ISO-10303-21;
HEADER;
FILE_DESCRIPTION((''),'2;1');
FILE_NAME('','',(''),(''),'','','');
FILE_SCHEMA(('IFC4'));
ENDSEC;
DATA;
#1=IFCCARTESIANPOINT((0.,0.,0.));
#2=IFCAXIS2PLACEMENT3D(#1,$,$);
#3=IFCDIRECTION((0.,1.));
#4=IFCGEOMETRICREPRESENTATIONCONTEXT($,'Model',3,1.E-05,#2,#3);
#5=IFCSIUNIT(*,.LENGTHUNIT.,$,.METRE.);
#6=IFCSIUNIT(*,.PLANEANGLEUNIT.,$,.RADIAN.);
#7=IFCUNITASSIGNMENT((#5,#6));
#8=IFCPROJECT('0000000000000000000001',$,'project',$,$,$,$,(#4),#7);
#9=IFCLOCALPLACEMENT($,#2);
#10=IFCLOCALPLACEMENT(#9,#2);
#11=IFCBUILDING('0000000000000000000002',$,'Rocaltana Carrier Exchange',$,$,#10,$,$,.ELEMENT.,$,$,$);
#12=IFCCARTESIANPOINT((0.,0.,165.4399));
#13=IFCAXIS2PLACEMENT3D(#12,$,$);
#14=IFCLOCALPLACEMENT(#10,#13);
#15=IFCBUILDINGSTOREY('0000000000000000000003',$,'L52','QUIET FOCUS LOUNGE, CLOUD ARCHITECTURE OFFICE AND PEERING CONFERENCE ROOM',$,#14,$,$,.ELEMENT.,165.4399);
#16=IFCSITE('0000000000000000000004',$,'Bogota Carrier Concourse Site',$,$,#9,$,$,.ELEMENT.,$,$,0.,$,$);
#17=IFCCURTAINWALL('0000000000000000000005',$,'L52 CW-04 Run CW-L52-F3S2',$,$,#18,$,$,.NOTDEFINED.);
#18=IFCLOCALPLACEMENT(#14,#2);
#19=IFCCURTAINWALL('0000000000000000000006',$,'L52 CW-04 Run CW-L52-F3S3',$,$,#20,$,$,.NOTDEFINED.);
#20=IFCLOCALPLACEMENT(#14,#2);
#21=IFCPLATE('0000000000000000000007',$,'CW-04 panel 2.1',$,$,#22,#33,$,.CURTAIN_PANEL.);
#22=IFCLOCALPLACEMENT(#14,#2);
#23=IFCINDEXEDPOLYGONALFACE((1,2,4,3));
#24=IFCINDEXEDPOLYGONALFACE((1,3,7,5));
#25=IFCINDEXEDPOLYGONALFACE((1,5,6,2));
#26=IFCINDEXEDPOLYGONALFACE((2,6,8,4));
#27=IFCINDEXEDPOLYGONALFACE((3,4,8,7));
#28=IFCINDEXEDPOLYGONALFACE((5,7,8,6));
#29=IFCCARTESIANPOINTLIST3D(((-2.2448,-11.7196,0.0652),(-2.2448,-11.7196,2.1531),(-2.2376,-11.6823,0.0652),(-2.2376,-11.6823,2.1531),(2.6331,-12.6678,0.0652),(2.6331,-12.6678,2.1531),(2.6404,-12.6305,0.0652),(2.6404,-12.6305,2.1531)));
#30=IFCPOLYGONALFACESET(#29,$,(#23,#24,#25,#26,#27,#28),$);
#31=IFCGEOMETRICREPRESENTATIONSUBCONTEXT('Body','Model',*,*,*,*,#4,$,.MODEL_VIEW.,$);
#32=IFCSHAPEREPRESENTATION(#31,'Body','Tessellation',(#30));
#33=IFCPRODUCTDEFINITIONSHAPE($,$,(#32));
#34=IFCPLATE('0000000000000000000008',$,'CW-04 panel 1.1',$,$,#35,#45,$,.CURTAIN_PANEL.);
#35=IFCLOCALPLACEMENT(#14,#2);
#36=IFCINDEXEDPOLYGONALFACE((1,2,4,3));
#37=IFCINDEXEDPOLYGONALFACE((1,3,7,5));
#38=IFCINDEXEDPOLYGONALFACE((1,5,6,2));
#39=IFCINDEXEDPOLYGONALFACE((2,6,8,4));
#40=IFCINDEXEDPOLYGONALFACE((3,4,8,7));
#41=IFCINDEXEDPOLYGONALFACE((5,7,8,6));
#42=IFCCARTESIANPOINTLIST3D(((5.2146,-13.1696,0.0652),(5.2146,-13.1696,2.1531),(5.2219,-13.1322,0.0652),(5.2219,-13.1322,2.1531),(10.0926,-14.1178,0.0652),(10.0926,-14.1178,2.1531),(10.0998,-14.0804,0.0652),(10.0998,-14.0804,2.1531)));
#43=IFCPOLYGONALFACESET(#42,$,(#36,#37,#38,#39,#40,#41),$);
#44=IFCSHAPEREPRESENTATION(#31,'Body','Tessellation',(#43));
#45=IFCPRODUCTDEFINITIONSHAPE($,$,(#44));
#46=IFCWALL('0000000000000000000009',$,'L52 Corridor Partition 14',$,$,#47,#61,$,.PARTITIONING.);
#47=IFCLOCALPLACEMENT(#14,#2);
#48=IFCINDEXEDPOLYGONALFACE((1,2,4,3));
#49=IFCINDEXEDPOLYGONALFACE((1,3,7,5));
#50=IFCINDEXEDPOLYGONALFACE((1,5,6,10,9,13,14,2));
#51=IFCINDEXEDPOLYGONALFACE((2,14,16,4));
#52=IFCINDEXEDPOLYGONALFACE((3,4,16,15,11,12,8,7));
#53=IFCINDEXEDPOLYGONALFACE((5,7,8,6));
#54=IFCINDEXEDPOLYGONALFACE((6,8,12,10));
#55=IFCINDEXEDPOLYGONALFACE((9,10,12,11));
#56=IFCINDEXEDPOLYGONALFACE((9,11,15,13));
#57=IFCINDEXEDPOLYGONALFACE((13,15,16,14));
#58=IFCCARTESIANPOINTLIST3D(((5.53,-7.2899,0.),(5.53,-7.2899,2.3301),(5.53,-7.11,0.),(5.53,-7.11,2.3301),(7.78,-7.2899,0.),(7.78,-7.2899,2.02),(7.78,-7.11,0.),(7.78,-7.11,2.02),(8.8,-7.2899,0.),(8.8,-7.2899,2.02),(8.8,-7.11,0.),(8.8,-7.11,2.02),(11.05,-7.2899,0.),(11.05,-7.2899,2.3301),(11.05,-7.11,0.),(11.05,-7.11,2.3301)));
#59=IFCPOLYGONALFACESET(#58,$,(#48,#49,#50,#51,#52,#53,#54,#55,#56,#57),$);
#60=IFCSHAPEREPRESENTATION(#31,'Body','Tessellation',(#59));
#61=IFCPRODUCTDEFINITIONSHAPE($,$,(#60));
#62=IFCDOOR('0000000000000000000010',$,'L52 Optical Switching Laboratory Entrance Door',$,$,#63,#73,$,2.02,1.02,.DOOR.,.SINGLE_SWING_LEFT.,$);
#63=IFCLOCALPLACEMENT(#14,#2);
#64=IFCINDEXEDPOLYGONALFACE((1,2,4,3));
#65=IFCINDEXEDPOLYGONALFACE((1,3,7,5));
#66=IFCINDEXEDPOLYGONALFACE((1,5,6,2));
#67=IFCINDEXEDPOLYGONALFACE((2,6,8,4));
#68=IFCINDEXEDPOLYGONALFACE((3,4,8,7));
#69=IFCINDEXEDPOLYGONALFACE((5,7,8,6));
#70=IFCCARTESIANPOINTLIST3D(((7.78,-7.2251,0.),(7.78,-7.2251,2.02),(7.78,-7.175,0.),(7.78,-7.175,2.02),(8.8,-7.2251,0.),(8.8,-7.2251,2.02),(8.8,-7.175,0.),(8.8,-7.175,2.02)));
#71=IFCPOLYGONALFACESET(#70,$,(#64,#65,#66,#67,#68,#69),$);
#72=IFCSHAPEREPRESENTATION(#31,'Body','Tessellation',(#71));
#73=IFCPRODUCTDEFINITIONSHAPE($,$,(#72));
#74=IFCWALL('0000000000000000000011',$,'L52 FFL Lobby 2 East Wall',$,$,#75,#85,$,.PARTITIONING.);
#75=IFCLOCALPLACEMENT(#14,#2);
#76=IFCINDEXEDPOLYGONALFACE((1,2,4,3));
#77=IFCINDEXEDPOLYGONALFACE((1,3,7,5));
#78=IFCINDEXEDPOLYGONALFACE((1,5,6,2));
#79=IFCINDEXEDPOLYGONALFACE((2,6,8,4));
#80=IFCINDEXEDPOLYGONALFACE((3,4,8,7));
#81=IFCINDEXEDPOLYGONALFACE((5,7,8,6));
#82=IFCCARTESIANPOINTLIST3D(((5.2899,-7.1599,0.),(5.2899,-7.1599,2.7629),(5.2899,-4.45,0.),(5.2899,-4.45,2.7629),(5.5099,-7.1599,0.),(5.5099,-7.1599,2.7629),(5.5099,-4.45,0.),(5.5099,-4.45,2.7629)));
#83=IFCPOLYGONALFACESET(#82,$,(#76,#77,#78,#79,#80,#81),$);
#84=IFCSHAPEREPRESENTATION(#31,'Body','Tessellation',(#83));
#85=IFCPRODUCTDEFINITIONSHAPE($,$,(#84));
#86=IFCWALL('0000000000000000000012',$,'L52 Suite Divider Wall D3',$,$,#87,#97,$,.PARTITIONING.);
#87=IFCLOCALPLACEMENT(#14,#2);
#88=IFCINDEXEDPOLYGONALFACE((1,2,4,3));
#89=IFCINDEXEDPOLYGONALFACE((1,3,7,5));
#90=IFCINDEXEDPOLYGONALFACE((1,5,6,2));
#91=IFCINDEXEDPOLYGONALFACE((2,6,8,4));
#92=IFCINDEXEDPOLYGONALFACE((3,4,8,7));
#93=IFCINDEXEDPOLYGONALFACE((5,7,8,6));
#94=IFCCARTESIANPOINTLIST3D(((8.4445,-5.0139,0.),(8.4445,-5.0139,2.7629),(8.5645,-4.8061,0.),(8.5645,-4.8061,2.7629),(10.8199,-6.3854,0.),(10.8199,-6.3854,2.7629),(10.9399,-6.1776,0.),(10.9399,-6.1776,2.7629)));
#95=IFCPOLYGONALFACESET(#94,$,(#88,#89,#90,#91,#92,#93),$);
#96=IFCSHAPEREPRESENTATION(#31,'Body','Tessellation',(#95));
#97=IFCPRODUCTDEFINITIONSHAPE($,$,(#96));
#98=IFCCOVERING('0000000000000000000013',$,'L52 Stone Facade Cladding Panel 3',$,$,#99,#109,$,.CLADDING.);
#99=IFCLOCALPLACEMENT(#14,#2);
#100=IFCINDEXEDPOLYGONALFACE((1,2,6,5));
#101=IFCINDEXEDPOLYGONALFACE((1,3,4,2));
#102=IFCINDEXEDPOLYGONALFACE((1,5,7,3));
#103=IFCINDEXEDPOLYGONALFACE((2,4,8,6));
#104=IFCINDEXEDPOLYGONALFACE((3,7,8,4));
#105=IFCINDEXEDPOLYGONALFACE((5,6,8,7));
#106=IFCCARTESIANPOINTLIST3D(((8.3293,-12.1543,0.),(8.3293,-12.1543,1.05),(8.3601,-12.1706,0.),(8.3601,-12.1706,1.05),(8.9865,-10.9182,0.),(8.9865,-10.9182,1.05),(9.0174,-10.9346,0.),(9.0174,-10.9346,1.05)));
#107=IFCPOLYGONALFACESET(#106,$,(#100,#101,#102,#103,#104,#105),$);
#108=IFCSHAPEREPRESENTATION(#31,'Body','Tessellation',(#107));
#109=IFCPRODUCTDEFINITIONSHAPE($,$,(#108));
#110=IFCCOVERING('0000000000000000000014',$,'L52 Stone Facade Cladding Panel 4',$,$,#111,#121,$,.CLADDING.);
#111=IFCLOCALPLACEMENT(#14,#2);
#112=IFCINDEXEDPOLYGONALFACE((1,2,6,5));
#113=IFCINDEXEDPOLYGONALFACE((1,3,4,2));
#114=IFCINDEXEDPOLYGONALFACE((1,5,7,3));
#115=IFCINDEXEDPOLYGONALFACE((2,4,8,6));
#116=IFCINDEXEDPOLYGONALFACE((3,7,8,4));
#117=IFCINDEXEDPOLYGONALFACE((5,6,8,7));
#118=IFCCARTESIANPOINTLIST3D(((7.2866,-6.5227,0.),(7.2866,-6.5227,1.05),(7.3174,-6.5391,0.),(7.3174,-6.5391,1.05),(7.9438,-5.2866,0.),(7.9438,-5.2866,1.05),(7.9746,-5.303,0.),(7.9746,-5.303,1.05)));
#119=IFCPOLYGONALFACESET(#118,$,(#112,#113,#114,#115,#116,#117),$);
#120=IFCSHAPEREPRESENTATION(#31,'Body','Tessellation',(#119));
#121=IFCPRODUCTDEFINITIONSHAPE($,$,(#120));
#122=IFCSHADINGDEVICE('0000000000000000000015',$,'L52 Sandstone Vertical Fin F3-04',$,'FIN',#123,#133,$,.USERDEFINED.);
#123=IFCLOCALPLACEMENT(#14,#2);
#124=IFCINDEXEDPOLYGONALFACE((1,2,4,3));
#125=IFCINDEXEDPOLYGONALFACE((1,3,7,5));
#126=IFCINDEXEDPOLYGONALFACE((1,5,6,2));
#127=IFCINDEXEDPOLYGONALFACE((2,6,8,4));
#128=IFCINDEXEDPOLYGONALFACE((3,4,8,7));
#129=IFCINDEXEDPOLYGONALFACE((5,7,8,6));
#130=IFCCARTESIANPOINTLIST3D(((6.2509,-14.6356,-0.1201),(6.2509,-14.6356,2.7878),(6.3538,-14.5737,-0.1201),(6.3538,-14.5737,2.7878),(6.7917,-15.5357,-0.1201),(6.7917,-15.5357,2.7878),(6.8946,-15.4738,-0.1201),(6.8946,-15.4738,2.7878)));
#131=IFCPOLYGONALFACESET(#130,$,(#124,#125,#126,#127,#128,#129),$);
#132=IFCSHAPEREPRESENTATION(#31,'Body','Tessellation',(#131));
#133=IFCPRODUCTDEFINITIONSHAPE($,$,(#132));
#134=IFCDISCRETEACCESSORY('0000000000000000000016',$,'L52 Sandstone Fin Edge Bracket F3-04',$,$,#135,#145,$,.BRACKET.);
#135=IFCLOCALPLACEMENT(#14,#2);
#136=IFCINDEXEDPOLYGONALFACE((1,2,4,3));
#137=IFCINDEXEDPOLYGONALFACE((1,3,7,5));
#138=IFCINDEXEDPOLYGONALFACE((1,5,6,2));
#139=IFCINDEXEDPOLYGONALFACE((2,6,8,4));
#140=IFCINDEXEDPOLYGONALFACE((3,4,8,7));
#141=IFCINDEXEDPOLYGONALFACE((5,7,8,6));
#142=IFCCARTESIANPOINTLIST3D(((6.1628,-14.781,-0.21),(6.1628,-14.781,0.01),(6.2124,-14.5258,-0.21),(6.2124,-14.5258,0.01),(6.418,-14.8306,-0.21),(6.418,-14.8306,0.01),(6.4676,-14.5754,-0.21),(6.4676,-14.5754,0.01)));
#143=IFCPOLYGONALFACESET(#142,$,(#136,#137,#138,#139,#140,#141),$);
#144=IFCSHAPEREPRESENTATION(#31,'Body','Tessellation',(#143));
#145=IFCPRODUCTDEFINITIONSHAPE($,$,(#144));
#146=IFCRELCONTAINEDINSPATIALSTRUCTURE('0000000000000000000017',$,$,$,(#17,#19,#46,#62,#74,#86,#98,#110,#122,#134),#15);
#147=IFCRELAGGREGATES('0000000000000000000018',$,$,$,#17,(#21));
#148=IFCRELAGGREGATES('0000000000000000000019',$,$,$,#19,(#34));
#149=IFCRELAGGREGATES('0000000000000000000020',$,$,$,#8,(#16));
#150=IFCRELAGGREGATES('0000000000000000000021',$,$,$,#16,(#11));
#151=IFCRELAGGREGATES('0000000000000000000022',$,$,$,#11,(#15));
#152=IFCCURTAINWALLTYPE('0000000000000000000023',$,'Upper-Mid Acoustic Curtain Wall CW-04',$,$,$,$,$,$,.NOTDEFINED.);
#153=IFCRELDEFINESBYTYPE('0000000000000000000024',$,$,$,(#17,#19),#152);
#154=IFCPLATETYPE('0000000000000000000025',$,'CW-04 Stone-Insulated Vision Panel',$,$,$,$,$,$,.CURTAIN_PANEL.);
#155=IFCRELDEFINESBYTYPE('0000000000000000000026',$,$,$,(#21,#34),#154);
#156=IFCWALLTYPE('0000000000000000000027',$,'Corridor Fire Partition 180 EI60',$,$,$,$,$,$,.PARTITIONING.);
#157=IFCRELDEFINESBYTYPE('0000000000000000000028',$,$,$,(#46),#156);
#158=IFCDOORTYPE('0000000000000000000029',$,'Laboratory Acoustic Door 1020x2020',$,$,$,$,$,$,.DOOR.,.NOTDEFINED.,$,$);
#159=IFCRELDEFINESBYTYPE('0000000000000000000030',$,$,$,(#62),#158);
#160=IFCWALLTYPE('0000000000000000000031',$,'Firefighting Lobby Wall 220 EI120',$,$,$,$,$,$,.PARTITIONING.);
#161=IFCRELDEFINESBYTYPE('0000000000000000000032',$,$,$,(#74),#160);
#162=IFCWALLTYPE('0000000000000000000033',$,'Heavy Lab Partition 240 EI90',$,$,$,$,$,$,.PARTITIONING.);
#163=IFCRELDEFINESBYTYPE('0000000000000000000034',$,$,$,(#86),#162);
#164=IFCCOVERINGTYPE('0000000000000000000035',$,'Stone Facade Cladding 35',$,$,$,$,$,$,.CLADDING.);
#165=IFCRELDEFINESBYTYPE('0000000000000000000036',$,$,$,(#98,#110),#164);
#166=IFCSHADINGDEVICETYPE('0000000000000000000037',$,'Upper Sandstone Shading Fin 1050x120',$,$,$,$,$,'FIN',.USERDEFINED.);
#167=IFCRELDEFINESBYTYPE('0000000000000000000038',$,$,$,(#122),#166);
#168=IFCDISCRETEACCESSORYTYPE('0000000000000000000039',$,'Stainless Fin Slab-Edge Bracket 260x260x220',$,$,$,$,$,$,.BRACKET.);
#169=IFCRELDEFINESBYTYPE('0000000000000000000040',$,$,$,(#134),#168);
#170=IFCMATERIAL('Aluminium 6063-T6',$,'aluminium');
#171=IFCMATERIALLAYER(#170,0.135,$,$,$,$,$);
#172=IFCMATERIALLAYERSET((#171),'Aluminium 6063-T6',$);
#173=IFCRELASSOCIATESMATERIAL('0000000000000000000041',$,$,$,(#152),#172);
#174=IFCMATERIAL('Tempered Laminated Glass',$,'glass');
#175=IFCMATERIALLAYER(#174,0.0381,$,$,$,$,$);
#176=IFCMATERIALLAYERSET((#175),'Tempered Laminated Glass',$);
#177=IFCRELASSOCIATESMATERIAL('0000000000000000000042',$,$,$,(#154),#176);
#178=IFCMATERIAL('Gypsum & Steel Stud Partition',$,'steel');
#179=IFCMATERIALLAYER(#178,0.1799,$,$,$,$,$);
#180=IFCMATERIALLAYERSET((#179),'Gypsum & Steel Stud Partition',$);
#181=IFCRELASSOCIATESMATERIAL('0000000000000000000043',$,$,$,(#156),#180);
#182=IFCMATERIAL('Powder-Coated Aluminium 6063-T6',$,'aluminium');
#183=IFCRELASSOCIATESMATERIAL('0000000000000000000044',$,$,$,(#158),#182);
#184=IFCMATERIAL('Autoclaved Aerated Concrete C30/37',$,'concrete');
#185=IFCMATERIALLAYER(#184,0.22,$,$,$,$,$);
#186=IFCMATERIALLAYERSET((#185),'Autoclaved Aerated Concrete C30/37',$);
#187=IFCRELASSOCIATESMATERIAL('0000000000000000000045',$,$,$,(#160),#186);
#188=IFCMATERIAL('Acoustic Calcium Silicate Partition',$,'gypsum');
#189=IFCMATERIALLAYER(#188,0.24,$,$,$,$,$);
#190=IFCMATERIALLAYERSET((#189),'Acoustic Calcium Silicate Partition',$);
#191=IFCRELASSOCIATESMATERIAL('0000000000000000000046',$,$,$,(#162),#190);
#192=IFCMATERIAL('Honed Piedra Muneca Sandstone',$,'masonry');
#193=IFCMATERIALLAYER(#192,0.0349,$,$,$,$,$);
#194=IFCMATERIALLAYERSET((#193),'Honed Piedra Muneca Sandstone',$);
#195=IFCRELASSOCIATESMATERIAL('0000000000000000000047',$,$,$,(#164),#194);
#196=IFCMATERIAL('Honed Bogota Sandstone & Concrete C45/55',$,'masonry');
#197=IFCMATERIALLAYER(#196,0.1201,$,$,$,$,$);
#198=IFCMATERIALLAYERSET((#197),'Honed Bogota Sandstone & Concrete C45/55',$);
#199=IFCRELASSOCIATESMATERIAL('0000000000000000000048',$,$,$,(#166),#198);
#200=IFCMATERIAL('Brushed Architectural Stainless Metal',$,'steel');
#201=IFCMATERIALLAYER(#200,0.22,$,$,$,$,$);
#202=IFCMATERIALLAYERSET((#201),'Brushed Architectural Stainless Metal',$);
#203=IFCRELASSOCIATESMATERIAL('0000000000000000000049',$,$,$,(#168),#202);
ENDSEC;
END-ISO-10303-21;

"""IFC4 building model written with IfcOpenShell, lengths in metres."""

from ifc_helpers import new_model, si_unit, direction, frame, frame_2d, origin, origin_2d, place, context, subcontext, project, spatial, rectangle, extrude, material, layer, layer_set, type_object, element, fill, aggregate, save


model = new_model("IFC4")

# Units and contexts
model_context = context("Model", 3, precision=1e-05, world=origin(), true_north=direction((0.0, 1.0)))
body_context = subcontext(model_context, "Body", "Model", "MODEL_VIEW")
ifc_project = project(units=[si_unit("LENGTHUNIT", "METRE"), si_unit("PLANEANGLEUNIT", "RADIAN")], contexts=[model_context])

# Site, building, storey
site_placement = place(None, origin())
site = spatial("IfcSite", under=ifc_project, at=site_placement, Name="Bogota Carrier Concourse Site", CompositionType="ELEMENT", RefElevation=0.0)
building_placement = place(site_placement, origin())
building = spatial("IfcBuilding", under=site, at=building_placement, Name="Rocaltana Carrier Exchange", CompositionType="ELEMENT")
storey_placement = place(building_placement, frame((0.0, 0.0, 165.4399)))
storey = spatial("IfcBuildingStorey", under=building, at=storey_placement, Name="L52", Description="QUIET FOCUS LOUNGE, CLOUD ARCHITECTURE OFFICE AND PEERING CONFERENCE ROOM", CompositionType="ELEMENT", Elevation=165.4399)

# Curtain wall
ifc_material_1 = material(Name="Aluminium 6063-T6", Category="aluminium")
ifc_layer_1 = layer(ifc_material_1, 0.135)
ifc_layer_set_1 = layer_set([ifc_layer_1], Name="Aluminium 6063-T6")
curtain_wall_type = type_object("IfcCurtainWallType", Name="Upper-Mid Acoustic Curtain Wall CW-04", PredefinedType="NOTDEFINED", material=ifc_layer_set_1)
curtain_wall_1_placement = place(storey_placement, origin())
curtain_wall_1 = element("IfcCurtainWall", 1, at=curtain_wall_1_placement, inside=storey, type_object=curtain_wall_type, Name="L52 CW-04 Run CW-L52-F3S2", PredefinedType="NOTDEFINED")

# Curtain wall
curtain_wall_2_placement = place(storey_placement, origin())
curtain_wall_2 = element("IfcCurtainWall", 2, at=curtain_wall_2_placement, inside=storey, type_object=curtain_wall_type, Name="L52 CW-04 Run CW-L52-F3S3", PredefinedType="NOTDEFINED")

# Plates
ifc_material_2 = material(Name="Tempered Laminated Glass", Category="glass")
ifc_layer_2 = layer(ifc_material_2, 0.0381)
ifc_layer_set_2 = layer_set([ifc_layer_2], Name="Tempered Laminated Glass")
plate_type = type_object("IfcPlateType", Name="CW-04 Stone-Insulated Vision Panel", PredefinedType="CURTAIN_PANEL", material=ifc_layer_set_2)
plate_1_placement = place(storey_placement, frame((0.1978, -12.175, 0.0652), z_axis=(0.0, 0.0, 1.0), x_axis=(0.981626, -0.190815, 0.0)))
plate_1 = element("IfcPlate", 3, at=plate_1_placement, type_object=plate_type, Name="CW-04 panel 2.1", PredefinedType="CURTAIN_PANEL", context=body_context, shape_type="SweptSolid", body=[
    extrude(rectangle(XDim=4.9692, YDim=0.0381, at=origin_2d()), origin(), (0.0, 0.0, 1.0), 2.0879),
])
aggregate(curtain_wall_1, [plate_1])
plate_2_placement = place(storey_placement, frame((7.6572, -13.625, 0.0652), z_axis=(0.0, 0.0, 1.0), x_axis=(0.981628, -0.190805, 0.0)))
plate_2 = element("IfcPlate", 4, at=plate_2_placement, type_object=plate_type, Name="CW-04 panel 1.1", PredefinedType="CURTAIN_PANEL", context=body_context, shape_type="SweptSolid", body=[
    extrude(rectangle(XDim=4.9692, YDim=0.0381, at=origin_2d()), origin(), (0.0, 0.0, 1.0), 2.0879),
])
aggregate(curtain_wall_2, [plate_2])

# Wall, opening, door
ifc_material_3 = material(Name="Gypsum & Steel Stud Partition", Category="steel")
ifc_layer_3 = layer(ifc_material_3, 0.1799)
ifc_layer_set_3 = layer_set([ifc_layer_3], Name="Gypsum & Steel Stud Partition")
wall_type_1 = type_object("IfcWallType", Name="Corridor Fire Partition 180 EI60", PredefinedType="PARTITIONING", material=ifc_layer_set_3)
wall_1_placement = place(storey_placement, frame((5.53, -7.2, 0.0), z_axis=(0.0, 0.0, 1.0), x_axis=(1.0, 0.0, 0.0)))
wall_1 = element("IfcWall", 5, at=wall_1_placement, inside=storey, type_object=wall_type_1, Name="L52 Corridor Partition 14", PredefinedType="PARTITIONING", context=body_context, shape_type="SweptSolid", body=[
    extrude(rectangle(XDim=5.52, YDim=0.1799, at=frame_2d((2.76, 0.0))), origin(), (0.0, 0.0, 1.0), 2.3301),
])
opening_placement = place(wall_1_placement, frame((2.25, 0.0, 0.0)))
opening = element("IfcOpeningElement", 6, at=opening_placement, cuts=wall_1, PredefinedType="OPENING", context=body_context, shape_type="SweptSolid", body=[
    extrude(rectangle(XDim=1.02, YDim=2.02, at=frame_2d((0.51, 1.01))), frame((0.0, 0.0999, 0.0), z_axis=(0.0, -1.0, 0.0), x_axis=(1.0, 0.0, 0.0)), (0.0, 0.0, 1.0), 0.2),
])
ifc_material_4 = material(Name="Powder-Coated Aluminium 6063-T6", Category="aluminium")
door_type = type_object("IfcDoorType", Name="Laboratory Acoustic Door 1020x2020", OperationType="NOTDEFINED", PredefinedType="DOOR", material=ifc_material_4)
door_placement = place(opening_placement, origin())
door = element("IfcDoor", 7, at=door_placement, inside=storey, type_object=door_type, Name="L52 Optical Switching Laboratory Entrance Door", OperationType="SINGLE_SWING_LEFT", OverallHeight=2.02, OverallWidth=1.02, PredefinedType="DOOR", context=body_context, shape_type="SweptSolid", body=[
    extrude(rectangle(XDim=1.02, YDim=2.02, at=frame_2d((0.51, 1.01))), frame((0.0, 0.0249, 0.0), z_axis=(0.0, -1.0, 0.0), x_axis=(1.0, 0.0, 0.0)), (0.0, 0.0, 1.0), 0.05),
])
fill(opening, door)

# Walls
ifc_material_5 = material(Name="Autoclaved Aerated Concrete C30/37", Category="concrete")
ifc_layer_4 = layer(ifc_material_5, 0.22)
ifc_layer_set_4 = layer_set([ifc_layer_4], Name="Autoclaved Aerated Concrete C30/37")
wall_type_2 = type_object("IfcWallType", Name="Firefighting Lobby Wall 220 EI120", PredefinedType="PARTITIONING", material=ifc_layer_set_4)
wall_2_placement = place(storey_placement, frame((5.3999, -7.1599, 0.0), z_axis=(0.0, 0.0, 1.0), x_axis=(0.0, 1.0, 0.0)))
element("IfcWall", 8, at=wall_2_placement, inside=storey, type_object=wall_type_2, Name="L52 FFL Lobby 2 East Wall", PredefinedType="PARTITIONING", context=body_context, shape_type="SweptSolid", body=[
    extrude(rectangle(XDim=2.71, YDim=0.22, at=frame_2d((1.355, 0.0))), origin(), (0.0, 0.0, 1.0), 2.7629),
])
ifc_material_6 = material(Name="Acoustic Calcium Silicate Partition", Category="gypsum")
ifc_layer_5 = layer(ifc_material_6, 0.24)
ifc_layer_set_5 = layer_set([ifc_layer_5], Name="Acoustic Calcium Silicate Partition")
wall_type_3 = type_object("IfcWallType", Name="Heavy Lab Partition 240 EI90", PredefinedType="PARTITIONING", material=ifc_layer_set_5)
wall_3_placement = place(storey_placement, frame((8.5044, -4.9099, 0.0), z_axis=(0.0, 0.0, 1.0), x_axis=(0.866011, -0.500025, 0.0)))
element("IfcWall", 9, at=wall_3_placement, inside=storey, type_object=wall_type_3, Name="L52 Suite Divider Wall D3", PredefinedType="PARTITIONING", context=body_context, shape_type="SweptSolid", body=[
    extrude(rectangle(XDim=2.7429, YDim=0.24, at=frame_2d((1.3716, 0.0))), origin(), (0.0, 0.0, 1.0), 2.7629),
])

# Coverings
ifc_material_7 = material(Name="Honed Piedra Muneca Sandstone", Category="masonry")
ifc_layer_6 = layer(ifc_material_7, 0.0349)
ifc_layer_set_6 = layer_set([ifc_layer_6], Name="Honed Piedra Muneca Sandstone")
covering_type = type_object("IfcCoveringType", Name="Stone Facade Cladding 35", PredefinedType="CLADDING", material=ifc_layer_set_6)
for number, where, z_axis, x_axis, name in (
    (10, (8.6733, -11.5444, 0.0), (0.0, 0.0, 1.0), (0.469472, 0.882948, 0.0), "L52 Stone Facade Cladding Panel 3"),
    (11, (7.6306, -5.9128, 0.0), (0.0, 0.0, 1.0), (0.469472, 0.882948, 0.0), "L52 Stone Facade Cladding Panel 4"),
):
    element("IfcCovering", number, at=place(storey_placement, frame(where, z_axis=z_axis, x_axis=x_axis)), inside=storey, type_object=covering_type, Name=name, PredefinedType="CLADDING", context=body_context, shape_type="SweptSolid", body=[
        extrude(rectangle(XDim=1.3999, YDim=0.0349, at=origin_2d()), origin(), (0.0, 0.0, 1.0), 1.05),
    ])

# Shading device
ifc_material_8 = material(Name="Honed Bogota Sandstone & Concrete C45/55", Category="masonry")
ifc_layer_7 = layer(ifc_material_8, 0.1201)
ifc_layer_set_7 = layer_set([ifc_layer_7], Name="Honed Bogota Sandstone & Concrete C45/55")
shading_device_type = type_object("IfcShadingDeviceType", Name="Upper Sandstone Shading Fin 1050x120", ElementType="FIN", PredefinedType="USERDEFINED", material=ifc_layer_set_7)
shading_device_placement = place(storey_placement, frame((6.5728, -15.0547, -0.1201), z_axis=(0.0, 0.0, 1.0), x_axis=(0.515038, -0.857167, 0.0)))
element("IfcShadingDevice", 12, at=shading_device_placement, inside=storey, type_object=shading_device_type, Name="L52 Sandstone Vertical Fin F3-04", ObjectType="FIN", PredefinedType="USERDEFINED", context=body_context, shape_type="SweptSolid", body=[
    extrude(rectangle(XDim=1.05, YDim=0.1201, at=origin_2d()), origin(), (0.0, 0.0, 1.0), 2.908),
])

# Discrete accessory
ifc_material_9 = material(Name="Brushed Architectural Stainless Metal", Category="steel")
ifc_layer_8 = layer(ifc_material_9, 0.22)
ifc_layer_set_8 = layer_set([ifc_layer_8], Name="Brushed Architectural Stainless Metal")
discrete_accessory_type = type_object("IfcDiscreteAccessoryType", Name="Stainless Fin Slab-Edge Bracket 260x260x220", PredefinedType="BRACKET", material=ifc_layer_set_8)
discrete_accessory_placement = place(storey_placement, frame((6.3152, -14.6782, -0.21), z_axis=(0.0, 0.0, 1.0), x_axis=(0.981627, -0.190809, 0.0)))
element("IfcDiscreteAccessory", 13, at=discrete_accessory_placement, inside=storey, type_object=discrete_accessory_type, Name="L52 Sandstone Fin Edge Bracket F3-04", PredefinedType="BRACKET", context=body_context, shape_type="SweptSolid", body=[
    extrude(rectangle(XDim=0.26, YDim=0.26, at=origin_2d()), origin(), (0.0, 0.0, 1.0), 0.22),
])

save(model, "model.ifc")
